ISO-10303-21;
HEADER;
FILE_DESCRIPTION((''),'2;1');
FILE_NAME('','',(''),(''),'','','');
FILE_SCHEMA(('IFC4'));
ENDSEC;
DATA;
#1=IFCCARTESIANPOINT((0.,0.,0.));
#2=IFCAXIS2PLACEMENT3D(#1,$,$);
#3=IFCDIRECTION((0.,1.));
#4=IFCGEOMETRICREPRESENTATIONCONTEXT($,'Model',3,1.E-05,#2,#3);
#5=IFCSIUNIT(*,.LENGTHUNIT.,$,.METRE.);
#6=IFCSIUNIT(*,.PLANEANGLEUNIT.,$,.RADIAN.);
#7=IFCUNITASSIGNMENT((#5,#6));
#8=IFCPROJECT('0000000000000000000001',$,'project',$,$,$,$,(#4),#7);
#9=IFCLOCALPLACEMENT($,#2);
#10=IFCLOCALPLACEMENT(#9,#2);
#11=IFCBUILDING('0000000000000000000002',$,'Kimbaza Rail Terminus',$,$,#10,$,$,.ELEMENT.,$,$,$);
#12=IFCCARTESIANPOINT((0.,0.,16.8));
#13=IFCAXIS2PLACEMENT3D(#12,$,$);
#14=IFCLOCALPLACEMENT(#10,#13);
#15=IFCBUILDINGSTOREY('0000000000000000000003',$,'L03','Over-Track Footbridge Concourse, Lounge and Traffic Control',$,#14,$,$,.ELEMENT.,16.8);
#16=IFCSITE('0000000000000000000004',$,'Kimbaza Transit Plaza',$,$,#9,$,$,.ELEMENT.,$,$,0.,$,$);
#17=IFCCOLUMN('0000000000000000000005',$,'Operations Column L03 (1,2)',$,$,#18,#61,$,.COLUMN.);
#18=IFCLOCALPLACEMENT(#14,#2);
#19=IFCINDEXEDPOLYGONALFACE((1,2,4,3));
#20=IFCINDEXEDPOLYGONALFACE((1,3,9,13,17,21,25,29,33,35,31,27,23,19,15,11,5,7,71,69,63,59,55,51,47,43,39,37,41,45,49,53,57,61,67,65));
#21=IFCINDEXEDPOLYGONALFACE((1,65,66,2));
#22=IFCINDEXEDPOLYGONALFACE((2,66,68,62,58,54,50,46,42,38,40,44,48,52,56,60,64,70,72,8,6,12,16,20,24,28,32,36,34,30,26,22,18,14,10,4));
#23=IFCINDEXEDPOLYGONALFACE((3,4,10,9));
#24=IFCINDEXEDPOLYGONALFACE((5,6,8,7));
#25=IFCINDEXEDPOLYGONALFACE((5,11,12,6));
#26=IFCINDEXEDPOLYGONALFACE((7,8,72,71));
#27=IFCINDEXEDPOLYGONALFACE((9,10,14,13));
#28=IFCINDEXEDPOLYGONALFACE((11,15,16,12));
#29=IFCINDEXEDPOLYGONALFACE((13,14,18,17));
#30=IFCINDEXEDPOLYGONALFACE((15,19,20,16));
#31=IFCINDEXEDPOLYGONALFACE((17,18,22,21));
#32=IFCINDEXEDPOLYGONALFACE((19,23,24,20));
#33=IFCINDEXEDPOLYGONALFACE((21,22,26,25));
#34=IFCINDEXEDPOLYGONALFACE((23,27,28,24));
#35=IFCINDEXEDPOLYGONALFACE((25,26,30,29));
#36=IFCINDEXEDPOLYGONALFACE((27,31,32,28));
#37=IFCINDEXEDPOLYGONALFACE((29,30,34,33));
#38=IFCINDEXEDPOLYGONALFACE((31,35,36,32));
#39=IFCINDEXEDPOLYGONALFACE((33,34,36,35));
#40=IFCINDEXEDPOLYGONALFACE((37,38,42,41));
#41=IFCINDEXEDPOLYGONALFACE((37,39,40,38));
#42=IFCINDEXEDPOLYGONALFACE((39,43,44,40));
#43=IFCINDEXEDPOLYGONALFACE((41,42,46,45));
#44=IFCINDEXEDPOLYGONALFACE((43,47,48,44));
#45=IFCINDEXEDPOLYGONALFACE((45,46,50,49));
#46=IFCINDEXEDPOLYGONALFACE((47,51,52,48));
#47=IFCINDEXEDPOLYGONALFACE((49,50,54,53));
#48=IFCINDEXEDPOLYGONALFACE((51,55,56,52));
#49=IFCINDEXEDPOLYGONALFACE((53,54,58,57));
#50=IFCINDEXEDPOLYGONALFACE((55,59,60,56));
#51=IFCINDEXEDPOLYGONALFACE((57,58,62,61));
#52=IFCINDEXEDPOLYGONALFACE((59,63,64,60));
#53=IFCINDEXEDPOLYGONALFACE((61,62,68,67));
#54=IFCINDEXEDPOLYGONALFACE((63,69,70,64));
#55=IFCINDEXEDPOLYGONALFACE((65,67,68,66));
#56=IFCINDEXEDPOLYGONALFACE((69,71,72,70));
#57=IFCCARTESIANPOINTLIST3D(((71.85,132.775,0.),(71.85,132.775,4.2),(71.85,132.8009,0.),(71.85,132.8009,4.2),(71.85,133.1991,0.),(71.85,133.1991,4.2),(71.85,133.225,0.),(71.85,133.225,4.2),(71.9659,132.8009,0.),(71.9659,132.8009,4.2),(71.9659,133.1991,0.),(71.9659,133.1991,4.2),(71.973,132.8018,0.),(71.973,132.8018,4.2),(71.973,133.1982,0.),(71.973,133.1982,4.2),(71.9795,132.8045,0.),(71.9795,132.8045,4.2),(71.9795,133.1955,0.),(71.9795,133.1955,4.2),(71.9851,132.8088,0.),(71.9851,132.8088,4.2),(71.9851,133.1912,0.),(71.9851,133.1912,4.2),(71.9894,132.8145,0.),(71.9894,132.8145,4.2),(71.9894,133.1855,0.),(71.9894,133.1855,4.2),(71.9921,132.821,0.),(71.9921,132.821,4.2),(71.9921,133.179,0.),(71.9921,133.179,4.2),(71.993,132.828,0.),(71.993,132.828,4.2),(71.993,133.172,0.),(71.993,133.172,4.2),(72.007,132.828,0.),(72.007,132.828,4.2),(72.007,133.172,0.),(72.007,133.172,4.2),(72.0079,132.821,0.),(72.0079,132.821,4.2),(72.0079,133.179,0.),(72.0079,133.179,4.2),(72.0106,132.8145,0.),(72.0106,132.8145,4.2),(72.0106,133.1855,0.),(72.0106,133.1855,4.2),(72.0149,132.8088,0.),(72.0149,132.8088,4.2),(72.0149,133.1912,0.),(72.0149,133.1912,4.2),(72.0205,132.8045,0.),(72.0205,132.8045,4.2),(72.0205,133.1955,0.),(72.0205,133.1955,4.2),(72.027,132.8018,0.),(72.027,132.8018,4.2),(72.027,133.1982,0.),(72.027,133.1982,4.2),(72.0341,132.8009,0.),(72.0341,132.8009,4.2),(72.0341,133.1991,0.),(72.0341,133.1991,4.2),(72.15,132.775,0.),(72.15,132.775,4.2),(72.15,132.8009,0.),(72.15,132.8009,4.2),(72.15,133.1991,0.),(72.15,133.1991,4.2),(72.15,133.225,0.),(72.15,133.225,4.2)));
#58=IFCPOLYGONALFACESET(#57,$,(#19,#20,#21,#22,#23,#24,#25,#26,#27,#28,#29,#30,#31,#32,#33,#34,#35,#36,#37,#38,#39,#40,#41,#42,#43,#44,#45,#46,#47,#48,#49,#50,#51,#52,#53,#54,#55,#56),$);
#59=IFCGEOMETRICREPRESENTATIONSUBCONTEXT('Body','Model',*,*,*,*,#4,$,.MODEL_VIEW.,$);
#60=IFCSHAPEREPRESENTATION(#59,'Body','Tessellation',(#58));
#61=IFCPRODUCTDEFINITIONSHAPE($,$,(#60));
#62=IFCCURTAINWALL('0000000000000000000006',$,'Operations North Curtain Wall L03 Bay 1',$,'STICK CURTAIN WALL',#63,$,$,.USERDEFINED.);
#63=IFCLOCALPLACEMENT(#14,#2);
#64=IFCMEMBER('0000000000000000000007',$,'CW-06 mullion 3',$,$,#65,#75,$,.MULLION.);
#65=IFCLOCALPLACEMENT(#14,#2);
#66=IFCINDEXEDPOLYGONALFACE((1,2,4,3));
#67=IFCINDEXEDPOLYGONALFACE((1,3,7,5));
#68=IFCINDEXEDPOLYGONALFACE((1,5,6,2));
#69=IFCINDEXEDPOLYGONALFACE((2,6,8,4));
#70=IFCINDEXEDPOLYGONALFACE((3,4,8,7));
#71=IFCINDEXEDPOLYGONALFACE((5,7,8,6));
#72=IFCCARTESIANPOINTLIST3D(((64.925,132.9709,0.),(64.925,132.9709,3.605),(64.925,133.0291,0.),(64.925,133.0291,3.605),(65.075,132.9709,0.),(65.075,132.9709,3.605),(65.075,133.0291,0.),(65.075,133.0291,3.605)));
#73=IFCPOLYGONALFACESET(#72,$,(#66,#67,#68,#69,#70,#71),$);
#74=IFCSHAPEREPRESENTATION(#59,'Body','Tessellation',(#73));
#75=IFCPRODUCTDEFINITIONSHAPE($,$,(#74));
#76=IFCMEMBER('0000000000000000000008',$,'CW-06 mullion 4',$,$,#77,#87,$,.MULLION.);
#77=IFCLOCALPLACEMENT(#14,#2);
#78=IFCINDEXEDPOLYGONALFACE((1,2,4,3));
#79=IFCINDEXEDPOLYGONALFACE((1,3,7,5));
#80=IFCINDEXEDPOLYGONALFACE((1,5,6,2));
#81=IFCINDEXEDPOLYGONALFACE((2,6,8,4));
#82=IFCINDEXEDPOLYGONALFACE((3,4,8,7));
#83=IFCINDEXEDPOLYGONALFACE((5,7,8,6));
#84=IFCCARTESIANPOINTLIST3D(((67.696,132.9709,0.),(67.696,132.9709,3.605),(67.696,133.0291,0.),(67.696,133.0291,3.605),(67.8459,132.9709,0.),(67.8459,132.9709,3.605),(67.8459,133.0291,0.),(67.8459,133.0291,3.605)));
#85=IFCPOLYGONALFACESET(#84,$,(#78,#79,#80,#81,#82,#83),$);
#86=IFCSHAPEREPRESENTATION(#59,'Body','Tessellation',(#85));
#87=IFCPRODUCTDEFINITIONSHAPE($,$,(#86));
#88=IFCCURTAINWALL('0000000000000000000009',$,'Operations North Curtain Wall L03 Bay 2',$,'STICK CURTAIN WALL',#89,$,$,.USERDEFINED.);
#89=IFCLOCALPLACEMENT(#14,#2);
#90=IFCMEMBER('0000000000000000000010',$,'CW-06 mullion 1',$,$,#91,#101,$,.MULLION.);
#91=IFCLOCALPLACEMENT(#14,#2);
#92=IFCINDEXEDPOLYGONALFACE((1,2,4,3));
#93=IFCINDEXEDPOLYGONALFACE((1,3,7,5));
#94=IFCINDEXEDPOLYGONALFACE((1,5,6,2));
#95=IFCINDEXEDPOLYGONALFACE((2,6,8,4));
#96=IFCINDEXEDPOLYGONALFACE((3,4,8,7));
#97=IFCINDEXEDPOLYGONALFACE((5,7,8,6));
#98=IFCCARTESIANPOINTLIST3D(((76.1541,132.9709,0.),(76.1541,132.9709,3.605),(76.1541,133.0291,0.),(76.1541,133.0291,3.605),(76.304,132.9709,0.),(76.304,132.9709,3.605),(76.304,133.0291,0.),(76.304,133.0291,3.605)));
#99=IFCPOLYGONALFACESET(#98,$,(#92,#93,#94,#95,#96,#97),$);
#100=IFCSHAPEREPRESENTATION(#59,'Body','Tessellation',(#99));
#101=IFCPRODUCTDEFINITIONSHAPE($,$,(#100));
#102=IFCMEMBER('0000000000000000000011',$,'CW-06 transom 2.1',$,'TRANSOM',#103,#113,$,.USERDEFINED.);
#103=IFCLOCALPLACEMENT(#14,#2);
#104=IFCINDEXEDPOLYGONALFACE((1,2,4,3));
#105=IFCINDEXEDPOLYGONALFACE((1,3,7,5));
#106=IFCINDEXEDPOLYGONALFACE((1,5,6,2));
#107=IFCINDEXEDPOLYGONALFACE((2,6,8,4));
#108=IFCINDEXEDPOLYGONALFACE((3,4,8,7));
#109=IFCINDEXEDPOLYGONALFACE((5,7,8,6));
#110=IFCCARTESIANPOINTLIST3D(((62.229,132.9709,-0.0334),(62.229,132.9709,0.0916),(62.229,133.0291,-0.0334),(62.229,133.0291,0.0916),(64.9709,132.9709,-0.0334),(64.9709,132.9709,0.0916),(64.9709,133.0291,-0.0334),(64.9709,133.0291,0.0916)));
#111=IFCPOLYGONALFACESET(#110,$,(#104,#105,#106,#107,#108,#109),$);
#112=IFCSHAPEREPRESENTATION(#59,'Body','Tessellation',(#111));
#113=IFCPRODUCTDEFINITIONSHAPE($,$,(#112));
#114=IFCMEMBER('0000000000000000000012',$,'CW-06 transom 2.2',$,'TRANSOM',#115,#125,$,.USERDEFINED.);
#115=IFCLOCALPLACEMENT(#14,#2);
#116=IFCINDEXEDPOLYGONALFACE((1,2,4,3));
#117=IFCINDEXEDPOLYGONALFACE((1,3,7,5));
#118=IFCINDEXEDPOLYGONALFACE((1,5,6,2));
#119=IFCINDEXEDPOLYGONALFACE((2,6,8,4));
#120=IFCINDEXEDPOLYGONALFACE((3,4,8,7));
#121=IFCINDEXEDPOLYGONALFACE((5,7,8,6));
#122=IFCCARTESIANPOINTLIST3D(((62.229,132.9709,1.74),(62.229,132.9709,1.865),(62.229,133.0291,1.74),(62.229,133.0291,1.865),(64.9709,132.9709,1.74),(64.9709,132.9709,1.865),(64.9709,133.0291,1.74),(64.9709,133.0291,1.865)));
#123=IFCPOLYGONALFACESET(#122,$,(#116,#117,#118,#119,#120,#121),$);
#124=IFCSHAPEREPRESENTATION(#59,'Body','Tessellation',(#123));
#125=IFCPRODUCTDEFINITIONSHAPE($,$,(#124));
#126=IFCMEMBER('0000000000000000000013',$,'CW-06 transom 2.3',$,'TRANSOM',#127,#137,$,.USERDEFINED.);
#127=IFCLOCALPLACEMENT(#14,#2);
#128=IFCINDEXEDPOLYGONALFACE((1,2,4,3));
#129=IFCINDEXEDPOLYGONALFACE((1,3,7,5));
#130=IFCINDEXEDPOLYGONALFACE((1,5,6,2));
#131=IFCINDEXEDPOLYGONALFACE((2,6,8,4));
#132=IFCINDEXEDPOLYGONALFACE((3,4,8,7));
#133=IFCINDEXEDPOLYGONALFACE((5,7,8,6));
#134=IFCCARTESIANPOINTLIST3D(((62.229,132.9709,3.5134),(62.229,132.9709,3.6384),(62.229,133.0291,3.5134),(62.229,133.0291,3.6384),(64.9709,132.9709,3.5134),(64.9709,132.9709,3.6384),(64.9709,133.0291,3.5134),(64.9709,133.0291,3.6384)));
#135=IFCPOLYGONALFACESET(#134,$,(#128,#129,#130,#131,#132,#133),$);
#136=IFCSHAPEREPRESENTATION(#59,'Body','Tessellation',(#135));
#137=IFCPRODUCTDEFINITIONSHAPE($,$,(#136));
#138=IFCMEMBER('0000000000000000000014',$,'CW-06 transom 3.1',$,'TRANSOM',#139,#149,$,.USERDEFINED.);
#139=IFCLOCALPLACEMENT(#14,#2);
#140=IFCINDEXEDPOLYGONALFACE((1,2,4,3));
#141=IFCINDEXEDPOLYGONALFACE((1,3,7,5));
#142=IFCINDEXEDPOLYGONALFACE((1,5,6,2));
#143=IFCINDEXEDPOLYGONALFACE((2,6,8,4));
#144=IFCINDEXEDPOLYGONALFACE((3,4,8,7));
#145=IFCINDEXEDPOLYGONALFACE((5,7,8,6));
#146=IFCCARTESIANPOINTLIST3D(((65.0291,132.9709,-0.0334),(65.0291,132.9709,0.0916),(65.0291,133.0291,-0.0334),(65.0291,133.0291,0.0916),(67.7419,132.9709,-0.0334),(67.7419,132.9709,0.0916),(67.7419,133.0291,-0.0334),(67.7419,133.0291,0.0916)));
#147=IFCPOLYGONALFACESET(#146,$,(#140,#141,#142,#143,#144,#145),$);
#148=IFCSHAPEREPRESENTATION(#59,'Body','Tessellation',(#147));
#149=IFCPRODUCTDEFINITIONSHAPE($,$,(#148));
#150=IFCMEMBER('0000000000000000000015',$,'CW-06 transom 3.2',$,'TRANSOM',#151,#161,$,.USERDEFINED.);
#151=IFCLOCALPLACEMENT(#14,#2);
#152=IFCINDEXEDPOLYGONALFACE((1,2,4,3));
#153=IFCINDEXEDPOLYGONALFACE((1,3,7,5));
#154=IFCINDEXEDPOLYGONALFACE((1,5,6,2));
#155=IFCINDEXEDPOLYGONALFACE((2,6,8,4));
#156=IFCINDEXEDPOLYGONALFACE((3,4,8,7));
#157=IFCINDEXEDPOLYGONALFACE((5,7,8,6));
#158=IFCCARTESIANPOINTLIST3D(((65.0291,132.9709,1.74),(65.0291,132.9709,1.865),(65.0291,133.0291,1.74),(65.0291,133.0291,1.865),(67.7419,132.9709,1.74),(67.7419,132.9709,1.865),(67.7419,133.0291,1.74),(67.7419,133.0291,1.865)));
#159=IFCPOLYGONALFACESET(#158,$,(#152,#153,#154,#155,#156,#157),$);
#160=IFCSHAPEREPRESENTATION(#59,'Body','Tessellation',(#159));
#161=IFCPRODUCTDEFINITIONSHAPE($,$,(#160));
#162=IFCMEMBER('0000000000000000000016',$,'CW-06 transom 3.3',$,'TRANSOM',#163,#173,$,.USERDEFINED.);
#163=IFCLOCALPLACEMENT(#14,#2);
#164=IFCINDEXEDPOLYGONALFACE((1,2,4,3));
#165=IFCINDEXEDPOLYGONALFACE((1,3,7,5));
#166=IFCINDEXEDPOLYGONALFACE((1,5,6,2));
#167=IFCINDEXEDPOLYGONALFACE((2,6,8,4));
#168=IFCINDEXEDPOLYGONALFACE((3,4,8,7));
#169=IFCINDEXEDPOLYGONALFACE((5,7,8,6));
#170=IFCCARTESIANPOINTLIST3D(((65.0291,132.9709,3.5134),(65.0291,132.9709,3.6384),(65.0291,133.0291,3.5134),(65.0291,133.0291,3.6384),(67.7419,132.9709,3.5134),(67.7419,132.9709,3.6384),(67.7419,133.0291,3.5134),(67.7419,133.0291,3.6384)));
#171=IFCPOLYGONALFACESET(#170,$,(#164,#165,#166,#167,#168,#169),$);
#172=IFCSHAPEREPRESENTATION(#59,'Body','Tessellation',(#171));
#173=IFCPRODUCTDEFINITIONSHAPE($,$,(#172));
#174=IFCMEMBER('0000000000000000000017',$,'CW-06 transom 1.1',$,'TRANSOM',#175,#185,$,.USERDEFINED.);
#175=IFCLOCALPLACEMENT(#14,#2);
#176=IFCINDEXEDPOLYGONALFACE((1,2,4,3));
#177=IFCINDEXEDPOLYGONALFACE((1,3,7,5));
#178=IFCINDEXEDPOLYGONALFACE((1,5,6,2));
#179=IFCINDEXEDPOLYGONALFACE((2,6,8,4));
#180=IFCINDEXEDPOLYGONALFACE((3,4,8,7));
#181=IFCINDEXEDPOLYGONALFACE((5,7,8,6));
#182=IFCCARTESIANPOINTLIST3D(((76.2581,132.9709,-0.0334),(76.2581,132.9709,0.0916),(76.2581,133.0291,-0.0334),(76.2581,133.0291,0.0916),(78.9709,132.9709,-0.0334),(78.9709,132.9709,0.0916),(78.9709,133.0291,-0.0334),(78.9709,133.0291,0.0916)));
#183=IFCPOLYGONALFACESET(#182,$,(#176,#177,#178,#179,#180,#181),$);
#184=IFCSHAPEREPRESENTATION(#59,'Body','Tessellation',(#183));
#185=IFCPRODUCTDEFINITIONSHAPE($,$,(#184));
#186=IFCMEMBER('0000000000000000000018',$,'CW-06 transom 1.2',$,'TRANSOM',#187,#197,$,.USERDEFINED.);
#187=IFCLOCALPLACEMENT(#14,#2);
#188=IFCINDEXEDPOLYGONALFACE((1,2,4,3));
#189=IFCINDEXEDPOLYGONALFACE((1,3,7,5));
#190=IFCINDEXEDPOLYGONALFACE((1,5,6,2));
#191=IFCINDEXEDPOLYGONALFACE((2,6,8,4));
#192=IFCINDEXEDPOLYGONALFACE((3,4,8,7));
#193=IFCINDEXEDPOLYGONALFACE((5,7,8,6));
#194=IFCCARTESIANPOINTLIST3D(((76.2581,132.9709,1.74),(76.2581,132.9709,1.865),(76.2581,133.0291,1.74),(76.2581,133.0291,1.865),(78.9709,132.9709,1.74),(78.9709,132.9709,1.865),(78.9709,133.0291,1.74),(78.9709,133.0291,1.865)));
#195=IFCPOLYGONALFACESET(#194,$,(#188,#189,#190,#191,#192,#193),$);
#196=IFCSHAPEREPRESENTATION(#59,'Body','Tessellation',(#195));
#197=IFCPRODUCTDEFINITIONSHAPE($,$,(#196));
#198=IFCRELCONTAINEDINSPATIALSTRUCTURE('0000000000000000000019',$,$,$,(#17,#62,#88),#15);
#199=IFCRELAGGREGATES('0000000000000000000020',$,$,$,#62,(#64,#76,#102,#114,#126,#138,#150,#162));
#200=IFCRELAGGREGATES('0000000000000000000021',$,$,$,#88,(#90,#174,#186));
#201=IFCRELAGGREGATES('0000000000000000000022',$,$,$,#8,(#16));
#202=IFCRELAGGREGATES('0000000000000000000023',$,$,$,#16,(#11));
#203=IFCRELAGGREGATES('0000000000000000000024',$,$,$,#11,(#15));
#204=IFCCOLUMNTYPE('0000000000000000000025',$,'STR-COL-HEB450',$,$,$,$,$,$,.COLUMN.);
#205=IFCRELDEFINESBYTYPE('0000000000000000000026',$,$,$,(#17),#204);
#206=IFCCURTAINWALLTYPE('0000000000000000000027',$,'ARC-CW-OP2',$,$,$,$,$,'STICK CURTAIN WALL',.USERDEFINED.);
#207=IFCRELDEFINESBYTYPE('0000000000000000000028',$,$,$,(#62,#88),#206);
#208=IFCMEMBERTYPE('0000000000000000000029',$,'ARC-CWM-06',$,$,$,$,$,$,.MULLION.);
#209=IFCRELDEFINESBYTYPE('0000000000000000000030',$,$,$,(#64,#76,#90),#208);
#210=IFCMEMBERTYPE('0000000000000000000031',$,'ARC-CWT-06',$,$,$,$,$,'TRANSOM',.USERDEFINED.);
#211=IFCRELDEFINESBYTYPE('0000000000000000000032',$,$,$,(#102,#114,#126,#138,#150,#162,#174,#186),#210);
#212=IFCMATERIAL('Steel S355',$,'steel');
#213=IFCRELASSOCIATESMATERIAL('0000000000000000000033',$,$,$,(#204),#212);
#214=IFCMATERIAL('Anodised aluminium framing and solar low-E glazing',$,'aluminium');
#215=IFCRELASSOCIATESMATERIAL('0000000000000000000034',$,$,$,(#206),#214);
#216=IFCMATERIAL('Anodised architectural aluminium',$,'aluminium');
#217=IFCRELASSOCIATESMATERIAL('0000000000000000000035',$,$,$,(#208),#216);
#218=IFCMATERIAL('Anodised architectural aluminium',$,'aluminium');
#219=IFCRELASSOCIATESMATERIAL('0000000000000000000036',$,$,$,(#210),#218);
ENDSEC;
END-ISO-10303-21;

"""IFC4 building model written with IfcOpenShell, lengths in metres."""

from ifc_helpers import new_model, si_unit, direction, frame, origin, origin_2d, place, context, subcontext, project, spatial, rectangle, i_section, extrude, material, material_profile, profile_set, type_object, element, aggregate, save


model = new_model("IFC4")

# Units and contexts
model_context = context("Model", 3, precision=1e-05, world=origin(), true_north=direction((0.0, 1.0)))
body_context = subcontext(model_context, "Body", "Model", "MODEL_VIEW")
ifc_project = project(units=[si_unit("LENGTHUNIT", "METRE"), si_unit("PLANEANGLEUNIT", "RADIAN")], contexts=[model_context])

# Site, building, storey
site_placement = place(None, origin())
site = spatial("IfcSite", under=ifc_project, at=site_placement, Name="Kimbaza Transit Plaza", CompositionType="ELEMENT", RefElevation=0.0)
building_placement = place(site_placement, origin())
building = spatial("IfcBuilding", under=site, at=building_placement, Name="Kimbaza Rail Terminus", CompositionType="ELEMENT")
storey_placement = place(building_placement, frame((0.0, 0.0, 16.8)))
storey = spatial("IfcBuildingStorey", under=building, at=storey_placement, Name="L03", Description="Over-Track Footbridge Concourse, Lounge and Traffic Control", CompositionType="ELEMENT", Elevation=16.8)

# Column
ifc_material_1 = material(Name="Steel S355", Category="steel")
ifc_material_profile_1 = material_profile(ifc_material_1, i_section(OverallWidth=0.3, OverallDepth=0.45, WebThickness=0.0139, FlangeThickness=0.0259, FilletRadius=0.0271, at=origin_2d()), Name="HEB 450")
ifc_profile_set_1 = profile_set([ifc_material_profile_1], Name="Steel S355")
column_type = type_object("IfcColumnType", Name="STR-COL-HEB450", PredefinedType="COLUMN", material=ifc_profile_set_1)
column_placement = place(storey_placement, frame((72.0, 133.0, 0.0), z_axis=(0.0, 0.0, 1.0), x_axis=(1.0, 0.0, 0.0)))
element("IfcColumn", 1, at=column_placement, inside=storey, type_object=column_type, Name="Operations Column L03 (1,2)", PredefinedType="COLUMN", context=body_context, shape_type="SweptSolid", body=[
    extrude(i_section(OverallWidth=0.3, OverallDepth=0.45, WebThickness=0.0139, FlangeThickness=0.0259, FilletRadius=0.0271, at=origin_2d()), origin(), (0.0, 0.0, 1.0), 4.2),
])

# Curtain wall, members
ifc_material_2 = material(Name="Anodised aluminium framing and solar low-E glazing", Category="aluminium")
curtain_wall_type = type_object("IfcCurtainWallType", Name="ARC-CW-OP2", ElementType="STICK CURTAIN WALL", PredefinedType="USERDEFINED", material=ifc_material_2)
curtain_wall_1_placement = place(storey_placement, origin())
curtain_wall_1 = element("IfcCurtainWall", 2, at=curtain_wall_1_placement, inside=storey, type_object=curtain_wall_type, Name="Operations North Curtain Wall L03 Bay 1", ObjectType="STICK CURTAIN WALL", PredefinedType="USERDEFINED")
ifc_material_3 = material(Name="Anodised architectural aluminium", Category="aluminium")
ifc_material_profile_2 = material_profile(ifc_material_3, rectangle(XDim=0.0581, YDim=0.1499, at=origin_2d()), Name="MULLION 58x150")
ifc_profile_set_2 = profile_set([ifc_material_profile_2], Name="Anodised architectural aluminium")
member_type_1 = type_object("IfcMemberType", Name="ARC-CWM-06", PredefinedType="MULLION", material=ifc_profile_set_2)
member_1_placement = place(storey_placement, frame((65.0, 133.0, 0.0), z_axis=(0.0, 0.0, 1.0), x_axis=(0.0, 1.0, 0.0)))
member_1 = element("IfcMember", 3, at=member_1_placement, type_object=member_type_1, Name="CW-06 mullion 3", PredefinedType="MULLION", context=body_context, shape_type="SweptSolid", body=[
    extrude(rectangle(XDim=0.0581, YDim=0.1499, at=origin_2d()), origin(), (0.0, 0.0, 1.0), 3.605),
])
member_2_placement = place(storey_placement, frame((67.771, 133.0, 0.0), z_axis=(0.0, 0.0, 1.0), x_axis=(0.0, 1.0, 0.0)))
member_2 = element("IfcMember", 4, at=member_2_placement, type_object=member_type_1, Name="CW-06 mullion 4", PredefinedType="MULLION", context=body_context, shape_type="SweptSolid", body=[
    extrude(rectangle(XDim=0.0581, YDim=0.1499, at=origin_2d()), origin(), (0.0, 0.0, 1.0), 3.605),
])

# Curtain wall, member
curtain_wall_2_placement = place(storey_placement, origin())
curtain_wall_2 = element("IfcCurtainWall", 5, at=curtain_wall_2_placement, inside=storey, type_object=curtain_wall_type, Name="Operations North Curtain Wall L03 Bay 2", ObjectType="STICK CURTAIN WALL", PredefinedType="USERDEFINED")
member_3_placement = place(storey_placement, frame((76.229, 133.0, 0.0), z_axis=(0.0, 0.0, 1.0), x_axis=(0.0, 1.0, 0.0)))
member_3 = element("IfcMember", 6, at=member_3_placement, type_object=member_type_1, Name="CW-06 mullion 1", PredefinedType="MULLION", context=body_context, shape_type="SweptSolid", body=[
    extrude(rectangle(XDim=0.0581, YDim=0.1499, at=origin_2d()), origin(), (0.0, 0.0, 1.0), 3.605),
])

# Members
ifc_material_4 = material(Name="Anodised architectural aluminium", Category="aluminium")
ifc_material_profile_3 = material_profile(ifc_material_4, rectangle(XDim=0.0581, YDim=0.125, at=origin_2d()), Name="TRANSOM 58x125")
ifc_profile_set_3 = profile_set([ifc_material_profile_3], Name="Anodised architectural aluminium")
member_type_2 = type_object("IfcMemberType", Name="ARC-CWT-06", ElementType="TRANSOM", PredefinedType="USERDEFINED", material=ifc_profile_set_3)
member_4_placement = place(storey_placement, frame((62.229, 133.0, 0.0291), z_axis=(1.0, 0.0, 0.0), x_axis=(0.0, 1.0, 0.0)))
member_4 = element("IfcMember", 7, at=member_4_placement, type_object=member_type_2, Name="CW-06 transom 2.1", ObjectType="TRANSOM", PredefinedType="USERDEFINED", context=body_context, shape_type="SweptSolid", body=[
    extrude(rectangle(XDim=0.0581, YDim=0.125, at=origin_2d()), origin(), (0.0, 0.0, 1.0), 2.7419),
])
member_5_placement = place(storey_placement, frame((62.229, 133.0, 1.8025), z_axis=(1.0, 0.0, 0.0), x_axis=(0.0, 1.0, 0.0)))
member_5 = element("IfcMember", 8, at=member_5_placement, type_object=member_type_2, Name="CW-06 transom 2.2", ObjectType="TRANSOM", PredefinedType="USERDEFINED", context=body_context, shape_type="SweptSolid", body=[
    extrude(rectangle(XDim=0.0581, YDim=0.125, at=origin_2d()), origin(), (0.0, 0.0, 1.0), 2.7419),
])
member_6_placement = place(storey_placement, frame((62.229, 133.0, 3.5759), z_axis=(1.0, 0.0, 0.0), x_axis=(0.0, 1.0, 0.0)))
member_6 = element("IfcMember", 9, at=member_6_placement, type_object=member_type_2, Name="CW-06 transom 2.3", ObjectType="TRANSOM", PredefinedType="USERDEFINED", context=body_context, shape_type="SweptSolid", body=[
    extrude(rectangle(XDim=0.0581, YDim=0.125, at=origin_2d()), origin(), (0.0, 0.0, 1.0), 2.7419),
])
member_7_placement = place(storey_placement, frame((65.0291, 133.0, 0.0291), z_axis=(1.0, 0.0, 0.0), x_axis=(0.0, 1.0, 0.0)))
member_7 = element("IfcMember", 10, at=member_7_placement, type_object=member_type_2, Name="CW-06 transom 3.1", ObjectType="TRANSOM", PredefinedType="USERDEFINED", context=body_context, shape_type="SweptSolid", body=[
    extrude(rectangle(XDim=0.0581, YDim=0.125, at=origin_2d()), origin(), (0.0, 0.0, 1.0), 2.7129),
])
member_8_placement = place(storey_placement, frame((65.0291, 133.0, 1.8025), z_axis=(1.0, 0.0, 0.0), x_axis=(0.0, 1.0, 0.0)))
member_8 = element("IfcMember", 11, at=member_8_placement, type_object=member_type_2, Name="CW-06 transom 3.2", ObjectType="TRANSOM", PredefinedType="USERDEFINED", context=body_context, shape_type="SweptSolid", body=[
    extrude(rectangle(XDim=0.0581, YDim=0.125, at=origin_2d()), origin(), (0.0, 0.0, 1.0), 2.7129),
])
member_9_placement = place(storey_placement, frame((65.0291, 133.0, 3.5759), z_axis=(1.0, 0.0, 0.0), x_axis=(0.0, 1.0, 0.0)))
member_9 = element("IfcMember", 12, at=member_9_placement, type_object=member_type_2, Name="CW-06 transom 3.3", ObjectType="TRANSOM", PredefinedType="USERDEFINED", context=body_context, shape_type="SweptSolid", body=[
    extrude(rectangle(XDim=0.0581, YDim=0.125, at=origin_2d()), origin(), (0.0, 0.0, 1.0), 2.7129),
])
member_10_placement = place(storey_placement, frame((76.2581, 133.0, 0.0291), z_axis=(1.0, 0.0, 0.0), x_axis=(0.0, 1.0, 0.0)))
member_10 = element("IfcMember", 13, at=member_10_placement, type_object=member_type_2, Name="CW-06 transom 1.1", ObjectType="TRANSOM", PredefinedType="USERDEFINED", context=body_context, shape_type="SweptSolid", body=[
    extrude(rectangle(XDim=0.0581, YDim=0.125, at=origin_2d()), origin(), (0.0, 0.0, 1.0), 2.7129),
])
member_11_placement = place(storey_placement, frame((76.2581, 133.0, 1.8025), z_axis=(1.0, 0.0, 0.0), x_axis=(0.0, 1.0, 0.0)))
member_11 = element("IfcMember", 14, at=member_11_placement, type_object=member_type_2, Name="CW-06 transom 1.2", ObjectType="TRANSOM", PredefinedType="USERDEFINED", context=body_context, shape_type="SweptSolid", body=[
    extrude(rectangle(XDim=0.0581, YDim=0.125, at=origin_2d()), origin(), (0.0, 0.0, 1.0), 2.7129),
])

aggregate(curtain_wall_1, [member_1, member_2, member_4, member_5, member_6, member_7, member_8, member_9])
aggregate(curtain_wall_2, [member_3, member_10, member_11])

save(model, "model.ifc")
